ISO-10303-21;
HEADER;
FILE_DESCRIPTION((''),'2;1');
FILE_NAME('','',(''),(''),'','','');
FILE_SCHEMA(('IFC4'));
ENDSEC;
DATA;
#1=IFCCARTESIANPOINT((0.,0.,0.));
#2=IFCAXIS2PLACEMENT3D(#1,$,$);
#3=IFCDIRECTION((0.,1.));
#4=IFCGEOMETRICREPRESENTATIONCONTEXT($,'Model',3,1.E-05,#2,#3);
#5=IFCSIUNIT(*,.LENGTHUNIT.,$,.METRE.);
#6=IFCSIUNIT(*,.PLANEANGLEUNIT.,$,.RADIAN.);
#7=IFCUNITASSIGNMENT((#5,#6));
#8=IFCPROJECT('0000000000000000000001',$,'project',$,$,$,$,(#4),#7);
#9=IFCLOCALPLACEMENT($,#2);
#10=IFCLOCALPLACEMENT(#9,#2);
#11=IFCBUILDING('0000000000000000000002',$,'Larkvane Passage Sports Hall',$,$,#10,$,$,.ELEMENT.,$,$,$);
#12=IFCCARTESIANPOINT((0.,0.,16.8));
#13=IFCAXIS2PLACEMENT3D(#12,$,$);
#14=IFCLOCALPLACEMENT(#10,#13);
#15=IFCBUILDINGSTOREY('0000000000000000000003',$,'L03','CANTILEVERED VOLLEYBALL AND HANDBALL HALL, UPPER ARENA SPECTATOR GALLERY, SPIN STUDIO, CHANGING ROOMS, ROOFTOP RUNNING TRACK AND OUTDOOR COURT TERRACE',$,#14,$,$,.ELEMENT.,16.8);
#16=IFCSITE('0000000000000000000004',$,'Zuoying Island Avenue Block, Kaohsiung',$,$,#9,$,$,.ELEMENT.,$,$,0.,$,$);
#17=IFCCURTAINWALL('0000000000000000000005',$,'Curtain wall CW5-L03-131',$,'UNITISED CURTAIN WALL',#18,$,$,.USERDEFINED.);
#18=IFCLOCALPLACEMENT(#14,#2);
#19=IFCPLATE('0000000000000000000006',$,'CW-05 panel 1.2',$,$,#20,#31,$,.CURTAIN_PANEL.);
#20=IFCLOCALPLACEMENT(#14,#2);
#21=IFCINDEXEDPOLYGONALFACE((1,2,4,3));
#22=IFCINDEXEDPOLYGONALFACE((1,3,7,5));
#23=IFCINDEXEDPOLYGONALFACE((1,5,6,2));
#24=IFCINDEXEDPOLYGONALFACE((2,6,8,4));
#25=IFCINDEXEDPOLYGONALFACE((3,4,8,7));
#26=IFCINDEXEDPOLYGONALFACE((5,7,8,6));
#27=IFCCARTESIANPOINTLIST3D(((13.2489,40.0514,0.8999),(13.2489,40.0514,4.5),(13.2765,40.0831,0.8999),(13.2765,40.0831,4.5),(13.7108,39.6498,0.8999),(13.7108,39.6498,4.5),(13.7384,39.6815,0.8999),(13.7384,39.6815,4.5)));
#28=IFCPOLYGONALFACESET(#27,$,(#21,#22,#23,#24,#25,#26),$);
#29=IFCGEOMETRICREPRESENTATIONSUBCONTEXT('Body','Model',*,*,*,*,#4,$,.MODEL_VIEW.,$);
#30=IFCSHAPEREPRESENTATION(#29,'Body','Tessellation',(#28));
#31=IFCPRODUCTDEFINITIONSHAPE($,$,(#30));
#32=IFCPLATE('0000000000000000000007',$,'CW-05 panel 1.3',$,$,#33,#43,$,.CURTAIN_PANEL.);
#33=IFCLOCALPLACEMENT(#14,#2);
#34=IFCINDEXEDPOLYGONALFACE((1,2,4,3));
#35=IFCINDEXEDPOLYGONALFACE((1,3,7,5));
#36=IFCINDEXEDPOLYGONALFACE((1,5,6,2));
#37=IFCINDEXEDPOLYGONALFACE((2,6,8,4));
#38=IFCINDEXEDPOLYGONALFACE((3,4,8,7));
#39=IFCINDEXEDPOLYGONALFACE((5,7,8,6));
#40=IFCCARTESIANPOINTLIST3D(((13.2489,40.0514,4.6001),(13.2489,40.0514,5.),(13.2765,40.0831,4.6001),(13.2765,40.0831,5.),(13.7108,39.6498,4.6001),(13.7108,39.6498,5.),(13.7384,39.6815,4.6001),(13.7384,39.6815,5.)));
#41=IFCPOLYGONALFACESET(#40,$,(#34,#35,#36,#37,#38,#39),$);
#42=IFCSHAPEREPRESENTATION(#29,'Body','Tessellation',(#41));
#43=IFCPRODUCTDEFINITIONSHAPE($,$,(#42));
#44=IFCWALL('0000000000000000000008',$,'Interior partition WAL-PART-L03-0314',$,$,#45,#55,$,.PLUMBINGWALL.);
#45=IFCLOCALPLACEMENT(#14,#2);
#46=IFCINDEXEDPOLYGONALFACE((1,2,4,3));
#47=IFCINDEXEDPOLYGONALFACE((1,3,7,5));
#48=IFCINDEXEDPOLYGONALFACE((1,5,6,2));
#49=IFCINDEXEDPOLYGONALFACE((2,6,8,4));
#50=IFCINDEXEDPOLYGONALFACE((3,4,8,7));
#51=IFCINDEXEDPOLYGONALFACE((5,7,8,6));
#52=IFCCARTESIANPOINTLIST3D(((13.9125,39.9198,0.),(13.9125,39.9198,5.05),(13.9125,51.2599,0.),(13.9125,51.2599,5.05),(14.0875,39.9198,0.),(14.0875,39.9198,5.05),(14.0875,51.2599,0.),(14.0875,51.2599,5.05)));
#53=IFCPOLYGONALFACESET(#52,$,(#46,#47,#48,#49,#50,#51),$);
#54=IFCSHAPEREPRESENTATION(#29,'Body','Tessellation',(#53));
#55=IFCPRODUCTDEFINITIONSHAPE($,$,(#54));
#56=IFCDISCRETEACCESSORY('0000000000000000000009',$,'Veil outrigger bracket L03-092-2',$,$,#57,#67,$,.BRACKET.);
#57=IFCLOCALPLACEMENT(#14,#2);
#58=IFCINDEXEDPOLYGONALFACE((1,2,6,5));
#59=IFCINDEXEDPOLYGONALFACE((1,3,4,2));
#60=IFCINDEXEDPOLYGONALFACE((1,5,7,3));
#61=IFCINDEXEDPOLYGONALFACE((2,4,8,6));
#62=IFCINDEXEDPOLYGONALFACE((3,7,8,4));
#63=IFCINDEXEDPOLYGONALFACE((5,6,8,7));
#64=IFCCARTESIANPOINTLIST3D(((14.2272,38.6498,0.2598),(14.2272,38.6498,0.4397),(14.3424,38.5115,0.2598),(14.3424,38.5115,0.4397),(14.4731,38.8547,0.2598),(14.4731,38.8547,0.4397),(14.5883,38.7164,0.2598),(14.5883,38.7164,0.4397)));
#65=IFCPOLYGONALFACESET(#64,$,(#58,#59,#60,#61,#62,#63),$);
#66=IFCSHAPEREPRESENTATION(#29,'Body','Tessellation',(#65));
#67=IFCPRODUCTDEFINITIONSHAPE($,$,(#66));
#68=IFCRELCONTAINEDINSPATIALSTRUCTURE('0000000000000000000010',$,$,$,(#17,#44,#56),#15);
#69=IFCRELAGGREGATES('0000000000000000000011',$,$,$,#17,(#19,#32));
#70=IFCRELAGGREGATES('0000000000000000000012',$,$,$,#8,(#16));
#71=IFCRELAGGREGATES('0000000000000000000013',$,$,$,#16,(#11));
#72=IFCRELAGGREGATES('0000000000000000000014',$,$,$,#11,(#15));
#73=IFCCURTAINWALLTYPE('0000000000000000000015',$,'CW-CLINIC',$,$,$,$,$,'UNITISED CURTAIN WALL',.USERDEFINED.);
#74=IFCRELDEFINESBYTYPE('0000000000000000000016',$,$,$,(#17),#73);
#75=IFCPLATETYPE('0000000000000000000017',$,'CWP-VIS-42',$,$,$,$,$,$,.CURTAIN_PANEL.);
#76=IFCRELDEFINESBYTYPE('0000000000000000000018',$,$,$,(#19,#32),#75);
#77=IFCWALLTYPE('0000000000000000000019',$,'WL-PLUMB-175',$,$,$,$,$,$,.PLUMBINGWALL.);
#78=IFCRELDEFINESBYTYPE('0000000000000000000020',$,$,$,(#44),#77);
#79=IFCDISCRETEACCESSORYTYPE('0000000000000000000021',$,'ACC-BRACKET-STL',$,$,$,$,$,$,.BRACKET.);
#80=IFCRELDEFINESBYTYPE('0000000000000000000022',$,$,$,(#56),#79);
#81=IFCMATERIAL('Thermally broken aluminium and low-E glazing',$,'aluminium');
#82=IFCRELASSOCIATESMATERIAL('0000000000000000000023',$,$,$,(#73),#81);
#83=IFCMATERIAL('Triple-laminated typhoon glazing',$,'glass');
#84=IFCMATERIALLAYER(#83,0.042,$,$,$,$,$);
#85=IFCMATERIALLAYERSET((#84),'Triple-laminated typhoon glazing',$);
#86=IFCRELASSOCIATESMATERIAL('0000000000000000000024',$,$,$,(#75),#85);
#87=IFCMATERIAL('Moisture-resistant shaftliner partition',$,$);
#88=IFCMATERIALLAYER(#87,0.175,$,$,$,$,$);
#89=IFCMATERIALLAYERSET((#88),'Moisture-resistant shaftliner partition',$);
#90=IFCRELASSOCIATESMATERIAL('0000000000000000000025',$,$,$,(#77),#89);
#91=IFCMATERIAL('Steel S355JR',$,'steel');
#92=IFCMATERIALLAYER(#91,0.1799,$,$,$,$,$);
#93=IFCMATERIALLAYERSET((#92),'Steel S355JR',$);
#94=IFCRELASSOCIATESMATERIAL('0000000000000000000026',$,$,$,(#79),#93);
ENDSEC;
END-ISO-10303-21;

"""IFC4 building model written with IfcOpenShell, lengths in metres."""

from ifc_helpers import new_model, si_unit, direction, frame, frame_2d, origin, origin_2d, place, context, subcontext, project, spatial, rectangle, extrude, material, layer, layer_set, type_object, element, aggregate, save


model = new_model("IFC4")

# Units and contexts
model_context = context("Model", 3, precision=1e-05, world=origin(), true_north=direction((0.0, 1.0)))
body_context = subcontext(model_context, "Body", "Model", "MODEL_VIEW")
ifc_project = project(units=[si_unit("LENGTHUNIT", "METRE"), si_unit("PLANEANGLEUNIT", "RADIAN")], contexts=[model_context])

# Site, building, storey
site_placement = place(None, origin())
site = spatial("IfcSite", under=ifc_project, at=site_placement, Name="Zuoying Island Avenue Block, Kaohsiung", CompositionType="ELEMENT", RefElevation=0.0)
building_placement = place(site_placement, origin())
building = spatial("IfcBuilding", under=site, at=building_placement, Name="Larkvane Passage Sports Hall", CompositionType="ELEMENT")
storey_placement = place(building_placement, frame((0.0, 0.0, 16.8)))
storey = spatial("IfcBuildingStorey", under=building, at=storey_placement, Name="L03", Description="CANTILEVERED VOLLEYBALL AND HANDBALL HALL, UPPER ARENA SPECTATOR GALLERY, SPIN STUDIO, CHANGING ROOMS, ROOFTOP RUNNING TRACK AND OUTDOOR COURT TERRACE", CompositionType="ELEMENT", Elevation=16.8)

# Curtain wall
ifc_material_1 = material(Name="Thermally broken aluminium and low-E glazing", Category="aluminium")
curtain_wall_type_1 = type_object("IfcCurtainWallType", Name="CW-CLINIC", ElementType="UNITISED CURTAIN WALL", PredefinedType="USERDEFINED", material=ifc_material_1)
curtain_wall_1_placement = place(storey_placement, origin())
curtain_wall_1 = element("IfcCurtainWall", 1, at=curtain_wall_1_placement, inside=storey, type_object=curtain_wall_type_1, Name="Curtain wall CW5-L03-131", ObjectType="UNITISED CURTAIN WALL", PredefinedType="USERDEFINED")

# Plates
ifc_material_2 = material(Name="Triple-laminated typhoon glazing", Category="glass")
ifc_layer_1 = layer(ifc_material_2, 0.042)
ifc_layer_set_1 = layer_set([ifc_layer_1], Name="Triple-laminated typhoon glazing")
plate_type_1 = type_object("IfcPlateType", Name="CWP-VIS-42", PredefinedType="CURTAIN_PANEL", material=ifc_layer_set_1)
plate_1_placement = place(storey_placement, frame((13.4937, 39.8665, 0.8999), z_axis=(0.0, 0.0, 1.0), x_axis=(-0.754606, 0.656179, 0.0)))
plate_1 = element("IfcPlate", 2, at=plate_1_placement, type_object=plate_type_1, Name="CW-05 panel 1.2", PredefinedType="CURTAIN_PANEL", context=body_context, shape_type="SweptSolid", body=[
    extrude(rectangle(XDim=0.6121, YDim=0.042, at=origin_2d()), origin(), (0.0, 0.0, 1.0), 3.6001),
])
plate_2_placement = place(storey_placement, frame((13.4937, 39.8665, 4.6001), z_axis=(0.0, 0.0, 1.0), x_axis=(-0.754606, 0.656179, 0.0)))
plate_2 = element("IfcPlate", 3, at=plate_2_placement, type_object=plate_type_1, Name="CW-05 panel 1.3", PredefinedType="CURTAIN_PANEL", context=body_context, shape_type="SweptSolid", body=[
    extrude(rectangle(XDim=0.6121, YDim=0.042, at=origin_2d()), origin(), (0.0, 0.0, 1.0), 0.3999),
])
aggregate(curtain_wall_1, [plate_1, plate_2])

# Wall
ifc_material_3 = material(Name="Moisture-resistant shaftliner partition")
ifc_layer_2 = layer(ifc_material_3, 0.175)
ifc_layer_set_2 = layer_set([ifc_layer_2], Name="Moisture-resistant shaftliner partition")
wall_type = type_object("IfcWallType", Name="WL-PLUMB-175", PredefinedType="PLUMBINGWALL", material=ifc_layer_set_2)
wall_placement = place(storey_placement, frame((14.0, 39.9199, 0.0), z_axis=(0.0, 0.0, 1.0), x_axis=(0.0, 1.0, 0.0)))
element("IfcWall", 4, at=wall_placement, inside=storey, type_object=wall_type, Name="Interior partition WAL-PART-L03-0314", PredefinedType="PLUMBINGWALL", context=body_context, shape_type="SweptSolid", body=[
    extrude(rectangle(XDim=11.3401, YDim=0.175, at=frame_2d((5.6699, 0.0))), origin(), (0.0, 0.0, 1.0), 5.05),
])

# Discrete accessory
ifc_material_4 = material(Name="Steel S355JR", Category="steel")
ifc_layer_3 = layer(ifc_material_4, 0.1799)
ifc_layer_set_3 = layer_set([ifc_layer_3], Name="Steel S355JR")
discrete_accessory_type = type_object("IfcDiscreteAccessoryType", Name="ACC-BRACKET-STL", PredefinedType="BRACKET", material=ifc_layer_set_3)
discrete_accessory_placement = place(storey_placement, frame((14.4077, 38.6831, 0.2598), z_axis=(0.0, 0.0, 1.0), x_axis=(-0.640184, 0.768221, 0.0)))
element("IfcDiscreteAccessory", 5, at=discrete_accessory_placement, inside=storey, type_object=discrete_accessory_type, Name="Veil outrigger bracket L03-092-2", PredefinedType="BRACKET", context=body_context, shape_type="SweptSolid", body=[
    extrude(rectangle(XDim=0.1799, YDim=0.3201, at=origin_2d()), origin(), (0.0, 0.0, 1.0), 0.1799),
])

save(model, "model.ifc")
